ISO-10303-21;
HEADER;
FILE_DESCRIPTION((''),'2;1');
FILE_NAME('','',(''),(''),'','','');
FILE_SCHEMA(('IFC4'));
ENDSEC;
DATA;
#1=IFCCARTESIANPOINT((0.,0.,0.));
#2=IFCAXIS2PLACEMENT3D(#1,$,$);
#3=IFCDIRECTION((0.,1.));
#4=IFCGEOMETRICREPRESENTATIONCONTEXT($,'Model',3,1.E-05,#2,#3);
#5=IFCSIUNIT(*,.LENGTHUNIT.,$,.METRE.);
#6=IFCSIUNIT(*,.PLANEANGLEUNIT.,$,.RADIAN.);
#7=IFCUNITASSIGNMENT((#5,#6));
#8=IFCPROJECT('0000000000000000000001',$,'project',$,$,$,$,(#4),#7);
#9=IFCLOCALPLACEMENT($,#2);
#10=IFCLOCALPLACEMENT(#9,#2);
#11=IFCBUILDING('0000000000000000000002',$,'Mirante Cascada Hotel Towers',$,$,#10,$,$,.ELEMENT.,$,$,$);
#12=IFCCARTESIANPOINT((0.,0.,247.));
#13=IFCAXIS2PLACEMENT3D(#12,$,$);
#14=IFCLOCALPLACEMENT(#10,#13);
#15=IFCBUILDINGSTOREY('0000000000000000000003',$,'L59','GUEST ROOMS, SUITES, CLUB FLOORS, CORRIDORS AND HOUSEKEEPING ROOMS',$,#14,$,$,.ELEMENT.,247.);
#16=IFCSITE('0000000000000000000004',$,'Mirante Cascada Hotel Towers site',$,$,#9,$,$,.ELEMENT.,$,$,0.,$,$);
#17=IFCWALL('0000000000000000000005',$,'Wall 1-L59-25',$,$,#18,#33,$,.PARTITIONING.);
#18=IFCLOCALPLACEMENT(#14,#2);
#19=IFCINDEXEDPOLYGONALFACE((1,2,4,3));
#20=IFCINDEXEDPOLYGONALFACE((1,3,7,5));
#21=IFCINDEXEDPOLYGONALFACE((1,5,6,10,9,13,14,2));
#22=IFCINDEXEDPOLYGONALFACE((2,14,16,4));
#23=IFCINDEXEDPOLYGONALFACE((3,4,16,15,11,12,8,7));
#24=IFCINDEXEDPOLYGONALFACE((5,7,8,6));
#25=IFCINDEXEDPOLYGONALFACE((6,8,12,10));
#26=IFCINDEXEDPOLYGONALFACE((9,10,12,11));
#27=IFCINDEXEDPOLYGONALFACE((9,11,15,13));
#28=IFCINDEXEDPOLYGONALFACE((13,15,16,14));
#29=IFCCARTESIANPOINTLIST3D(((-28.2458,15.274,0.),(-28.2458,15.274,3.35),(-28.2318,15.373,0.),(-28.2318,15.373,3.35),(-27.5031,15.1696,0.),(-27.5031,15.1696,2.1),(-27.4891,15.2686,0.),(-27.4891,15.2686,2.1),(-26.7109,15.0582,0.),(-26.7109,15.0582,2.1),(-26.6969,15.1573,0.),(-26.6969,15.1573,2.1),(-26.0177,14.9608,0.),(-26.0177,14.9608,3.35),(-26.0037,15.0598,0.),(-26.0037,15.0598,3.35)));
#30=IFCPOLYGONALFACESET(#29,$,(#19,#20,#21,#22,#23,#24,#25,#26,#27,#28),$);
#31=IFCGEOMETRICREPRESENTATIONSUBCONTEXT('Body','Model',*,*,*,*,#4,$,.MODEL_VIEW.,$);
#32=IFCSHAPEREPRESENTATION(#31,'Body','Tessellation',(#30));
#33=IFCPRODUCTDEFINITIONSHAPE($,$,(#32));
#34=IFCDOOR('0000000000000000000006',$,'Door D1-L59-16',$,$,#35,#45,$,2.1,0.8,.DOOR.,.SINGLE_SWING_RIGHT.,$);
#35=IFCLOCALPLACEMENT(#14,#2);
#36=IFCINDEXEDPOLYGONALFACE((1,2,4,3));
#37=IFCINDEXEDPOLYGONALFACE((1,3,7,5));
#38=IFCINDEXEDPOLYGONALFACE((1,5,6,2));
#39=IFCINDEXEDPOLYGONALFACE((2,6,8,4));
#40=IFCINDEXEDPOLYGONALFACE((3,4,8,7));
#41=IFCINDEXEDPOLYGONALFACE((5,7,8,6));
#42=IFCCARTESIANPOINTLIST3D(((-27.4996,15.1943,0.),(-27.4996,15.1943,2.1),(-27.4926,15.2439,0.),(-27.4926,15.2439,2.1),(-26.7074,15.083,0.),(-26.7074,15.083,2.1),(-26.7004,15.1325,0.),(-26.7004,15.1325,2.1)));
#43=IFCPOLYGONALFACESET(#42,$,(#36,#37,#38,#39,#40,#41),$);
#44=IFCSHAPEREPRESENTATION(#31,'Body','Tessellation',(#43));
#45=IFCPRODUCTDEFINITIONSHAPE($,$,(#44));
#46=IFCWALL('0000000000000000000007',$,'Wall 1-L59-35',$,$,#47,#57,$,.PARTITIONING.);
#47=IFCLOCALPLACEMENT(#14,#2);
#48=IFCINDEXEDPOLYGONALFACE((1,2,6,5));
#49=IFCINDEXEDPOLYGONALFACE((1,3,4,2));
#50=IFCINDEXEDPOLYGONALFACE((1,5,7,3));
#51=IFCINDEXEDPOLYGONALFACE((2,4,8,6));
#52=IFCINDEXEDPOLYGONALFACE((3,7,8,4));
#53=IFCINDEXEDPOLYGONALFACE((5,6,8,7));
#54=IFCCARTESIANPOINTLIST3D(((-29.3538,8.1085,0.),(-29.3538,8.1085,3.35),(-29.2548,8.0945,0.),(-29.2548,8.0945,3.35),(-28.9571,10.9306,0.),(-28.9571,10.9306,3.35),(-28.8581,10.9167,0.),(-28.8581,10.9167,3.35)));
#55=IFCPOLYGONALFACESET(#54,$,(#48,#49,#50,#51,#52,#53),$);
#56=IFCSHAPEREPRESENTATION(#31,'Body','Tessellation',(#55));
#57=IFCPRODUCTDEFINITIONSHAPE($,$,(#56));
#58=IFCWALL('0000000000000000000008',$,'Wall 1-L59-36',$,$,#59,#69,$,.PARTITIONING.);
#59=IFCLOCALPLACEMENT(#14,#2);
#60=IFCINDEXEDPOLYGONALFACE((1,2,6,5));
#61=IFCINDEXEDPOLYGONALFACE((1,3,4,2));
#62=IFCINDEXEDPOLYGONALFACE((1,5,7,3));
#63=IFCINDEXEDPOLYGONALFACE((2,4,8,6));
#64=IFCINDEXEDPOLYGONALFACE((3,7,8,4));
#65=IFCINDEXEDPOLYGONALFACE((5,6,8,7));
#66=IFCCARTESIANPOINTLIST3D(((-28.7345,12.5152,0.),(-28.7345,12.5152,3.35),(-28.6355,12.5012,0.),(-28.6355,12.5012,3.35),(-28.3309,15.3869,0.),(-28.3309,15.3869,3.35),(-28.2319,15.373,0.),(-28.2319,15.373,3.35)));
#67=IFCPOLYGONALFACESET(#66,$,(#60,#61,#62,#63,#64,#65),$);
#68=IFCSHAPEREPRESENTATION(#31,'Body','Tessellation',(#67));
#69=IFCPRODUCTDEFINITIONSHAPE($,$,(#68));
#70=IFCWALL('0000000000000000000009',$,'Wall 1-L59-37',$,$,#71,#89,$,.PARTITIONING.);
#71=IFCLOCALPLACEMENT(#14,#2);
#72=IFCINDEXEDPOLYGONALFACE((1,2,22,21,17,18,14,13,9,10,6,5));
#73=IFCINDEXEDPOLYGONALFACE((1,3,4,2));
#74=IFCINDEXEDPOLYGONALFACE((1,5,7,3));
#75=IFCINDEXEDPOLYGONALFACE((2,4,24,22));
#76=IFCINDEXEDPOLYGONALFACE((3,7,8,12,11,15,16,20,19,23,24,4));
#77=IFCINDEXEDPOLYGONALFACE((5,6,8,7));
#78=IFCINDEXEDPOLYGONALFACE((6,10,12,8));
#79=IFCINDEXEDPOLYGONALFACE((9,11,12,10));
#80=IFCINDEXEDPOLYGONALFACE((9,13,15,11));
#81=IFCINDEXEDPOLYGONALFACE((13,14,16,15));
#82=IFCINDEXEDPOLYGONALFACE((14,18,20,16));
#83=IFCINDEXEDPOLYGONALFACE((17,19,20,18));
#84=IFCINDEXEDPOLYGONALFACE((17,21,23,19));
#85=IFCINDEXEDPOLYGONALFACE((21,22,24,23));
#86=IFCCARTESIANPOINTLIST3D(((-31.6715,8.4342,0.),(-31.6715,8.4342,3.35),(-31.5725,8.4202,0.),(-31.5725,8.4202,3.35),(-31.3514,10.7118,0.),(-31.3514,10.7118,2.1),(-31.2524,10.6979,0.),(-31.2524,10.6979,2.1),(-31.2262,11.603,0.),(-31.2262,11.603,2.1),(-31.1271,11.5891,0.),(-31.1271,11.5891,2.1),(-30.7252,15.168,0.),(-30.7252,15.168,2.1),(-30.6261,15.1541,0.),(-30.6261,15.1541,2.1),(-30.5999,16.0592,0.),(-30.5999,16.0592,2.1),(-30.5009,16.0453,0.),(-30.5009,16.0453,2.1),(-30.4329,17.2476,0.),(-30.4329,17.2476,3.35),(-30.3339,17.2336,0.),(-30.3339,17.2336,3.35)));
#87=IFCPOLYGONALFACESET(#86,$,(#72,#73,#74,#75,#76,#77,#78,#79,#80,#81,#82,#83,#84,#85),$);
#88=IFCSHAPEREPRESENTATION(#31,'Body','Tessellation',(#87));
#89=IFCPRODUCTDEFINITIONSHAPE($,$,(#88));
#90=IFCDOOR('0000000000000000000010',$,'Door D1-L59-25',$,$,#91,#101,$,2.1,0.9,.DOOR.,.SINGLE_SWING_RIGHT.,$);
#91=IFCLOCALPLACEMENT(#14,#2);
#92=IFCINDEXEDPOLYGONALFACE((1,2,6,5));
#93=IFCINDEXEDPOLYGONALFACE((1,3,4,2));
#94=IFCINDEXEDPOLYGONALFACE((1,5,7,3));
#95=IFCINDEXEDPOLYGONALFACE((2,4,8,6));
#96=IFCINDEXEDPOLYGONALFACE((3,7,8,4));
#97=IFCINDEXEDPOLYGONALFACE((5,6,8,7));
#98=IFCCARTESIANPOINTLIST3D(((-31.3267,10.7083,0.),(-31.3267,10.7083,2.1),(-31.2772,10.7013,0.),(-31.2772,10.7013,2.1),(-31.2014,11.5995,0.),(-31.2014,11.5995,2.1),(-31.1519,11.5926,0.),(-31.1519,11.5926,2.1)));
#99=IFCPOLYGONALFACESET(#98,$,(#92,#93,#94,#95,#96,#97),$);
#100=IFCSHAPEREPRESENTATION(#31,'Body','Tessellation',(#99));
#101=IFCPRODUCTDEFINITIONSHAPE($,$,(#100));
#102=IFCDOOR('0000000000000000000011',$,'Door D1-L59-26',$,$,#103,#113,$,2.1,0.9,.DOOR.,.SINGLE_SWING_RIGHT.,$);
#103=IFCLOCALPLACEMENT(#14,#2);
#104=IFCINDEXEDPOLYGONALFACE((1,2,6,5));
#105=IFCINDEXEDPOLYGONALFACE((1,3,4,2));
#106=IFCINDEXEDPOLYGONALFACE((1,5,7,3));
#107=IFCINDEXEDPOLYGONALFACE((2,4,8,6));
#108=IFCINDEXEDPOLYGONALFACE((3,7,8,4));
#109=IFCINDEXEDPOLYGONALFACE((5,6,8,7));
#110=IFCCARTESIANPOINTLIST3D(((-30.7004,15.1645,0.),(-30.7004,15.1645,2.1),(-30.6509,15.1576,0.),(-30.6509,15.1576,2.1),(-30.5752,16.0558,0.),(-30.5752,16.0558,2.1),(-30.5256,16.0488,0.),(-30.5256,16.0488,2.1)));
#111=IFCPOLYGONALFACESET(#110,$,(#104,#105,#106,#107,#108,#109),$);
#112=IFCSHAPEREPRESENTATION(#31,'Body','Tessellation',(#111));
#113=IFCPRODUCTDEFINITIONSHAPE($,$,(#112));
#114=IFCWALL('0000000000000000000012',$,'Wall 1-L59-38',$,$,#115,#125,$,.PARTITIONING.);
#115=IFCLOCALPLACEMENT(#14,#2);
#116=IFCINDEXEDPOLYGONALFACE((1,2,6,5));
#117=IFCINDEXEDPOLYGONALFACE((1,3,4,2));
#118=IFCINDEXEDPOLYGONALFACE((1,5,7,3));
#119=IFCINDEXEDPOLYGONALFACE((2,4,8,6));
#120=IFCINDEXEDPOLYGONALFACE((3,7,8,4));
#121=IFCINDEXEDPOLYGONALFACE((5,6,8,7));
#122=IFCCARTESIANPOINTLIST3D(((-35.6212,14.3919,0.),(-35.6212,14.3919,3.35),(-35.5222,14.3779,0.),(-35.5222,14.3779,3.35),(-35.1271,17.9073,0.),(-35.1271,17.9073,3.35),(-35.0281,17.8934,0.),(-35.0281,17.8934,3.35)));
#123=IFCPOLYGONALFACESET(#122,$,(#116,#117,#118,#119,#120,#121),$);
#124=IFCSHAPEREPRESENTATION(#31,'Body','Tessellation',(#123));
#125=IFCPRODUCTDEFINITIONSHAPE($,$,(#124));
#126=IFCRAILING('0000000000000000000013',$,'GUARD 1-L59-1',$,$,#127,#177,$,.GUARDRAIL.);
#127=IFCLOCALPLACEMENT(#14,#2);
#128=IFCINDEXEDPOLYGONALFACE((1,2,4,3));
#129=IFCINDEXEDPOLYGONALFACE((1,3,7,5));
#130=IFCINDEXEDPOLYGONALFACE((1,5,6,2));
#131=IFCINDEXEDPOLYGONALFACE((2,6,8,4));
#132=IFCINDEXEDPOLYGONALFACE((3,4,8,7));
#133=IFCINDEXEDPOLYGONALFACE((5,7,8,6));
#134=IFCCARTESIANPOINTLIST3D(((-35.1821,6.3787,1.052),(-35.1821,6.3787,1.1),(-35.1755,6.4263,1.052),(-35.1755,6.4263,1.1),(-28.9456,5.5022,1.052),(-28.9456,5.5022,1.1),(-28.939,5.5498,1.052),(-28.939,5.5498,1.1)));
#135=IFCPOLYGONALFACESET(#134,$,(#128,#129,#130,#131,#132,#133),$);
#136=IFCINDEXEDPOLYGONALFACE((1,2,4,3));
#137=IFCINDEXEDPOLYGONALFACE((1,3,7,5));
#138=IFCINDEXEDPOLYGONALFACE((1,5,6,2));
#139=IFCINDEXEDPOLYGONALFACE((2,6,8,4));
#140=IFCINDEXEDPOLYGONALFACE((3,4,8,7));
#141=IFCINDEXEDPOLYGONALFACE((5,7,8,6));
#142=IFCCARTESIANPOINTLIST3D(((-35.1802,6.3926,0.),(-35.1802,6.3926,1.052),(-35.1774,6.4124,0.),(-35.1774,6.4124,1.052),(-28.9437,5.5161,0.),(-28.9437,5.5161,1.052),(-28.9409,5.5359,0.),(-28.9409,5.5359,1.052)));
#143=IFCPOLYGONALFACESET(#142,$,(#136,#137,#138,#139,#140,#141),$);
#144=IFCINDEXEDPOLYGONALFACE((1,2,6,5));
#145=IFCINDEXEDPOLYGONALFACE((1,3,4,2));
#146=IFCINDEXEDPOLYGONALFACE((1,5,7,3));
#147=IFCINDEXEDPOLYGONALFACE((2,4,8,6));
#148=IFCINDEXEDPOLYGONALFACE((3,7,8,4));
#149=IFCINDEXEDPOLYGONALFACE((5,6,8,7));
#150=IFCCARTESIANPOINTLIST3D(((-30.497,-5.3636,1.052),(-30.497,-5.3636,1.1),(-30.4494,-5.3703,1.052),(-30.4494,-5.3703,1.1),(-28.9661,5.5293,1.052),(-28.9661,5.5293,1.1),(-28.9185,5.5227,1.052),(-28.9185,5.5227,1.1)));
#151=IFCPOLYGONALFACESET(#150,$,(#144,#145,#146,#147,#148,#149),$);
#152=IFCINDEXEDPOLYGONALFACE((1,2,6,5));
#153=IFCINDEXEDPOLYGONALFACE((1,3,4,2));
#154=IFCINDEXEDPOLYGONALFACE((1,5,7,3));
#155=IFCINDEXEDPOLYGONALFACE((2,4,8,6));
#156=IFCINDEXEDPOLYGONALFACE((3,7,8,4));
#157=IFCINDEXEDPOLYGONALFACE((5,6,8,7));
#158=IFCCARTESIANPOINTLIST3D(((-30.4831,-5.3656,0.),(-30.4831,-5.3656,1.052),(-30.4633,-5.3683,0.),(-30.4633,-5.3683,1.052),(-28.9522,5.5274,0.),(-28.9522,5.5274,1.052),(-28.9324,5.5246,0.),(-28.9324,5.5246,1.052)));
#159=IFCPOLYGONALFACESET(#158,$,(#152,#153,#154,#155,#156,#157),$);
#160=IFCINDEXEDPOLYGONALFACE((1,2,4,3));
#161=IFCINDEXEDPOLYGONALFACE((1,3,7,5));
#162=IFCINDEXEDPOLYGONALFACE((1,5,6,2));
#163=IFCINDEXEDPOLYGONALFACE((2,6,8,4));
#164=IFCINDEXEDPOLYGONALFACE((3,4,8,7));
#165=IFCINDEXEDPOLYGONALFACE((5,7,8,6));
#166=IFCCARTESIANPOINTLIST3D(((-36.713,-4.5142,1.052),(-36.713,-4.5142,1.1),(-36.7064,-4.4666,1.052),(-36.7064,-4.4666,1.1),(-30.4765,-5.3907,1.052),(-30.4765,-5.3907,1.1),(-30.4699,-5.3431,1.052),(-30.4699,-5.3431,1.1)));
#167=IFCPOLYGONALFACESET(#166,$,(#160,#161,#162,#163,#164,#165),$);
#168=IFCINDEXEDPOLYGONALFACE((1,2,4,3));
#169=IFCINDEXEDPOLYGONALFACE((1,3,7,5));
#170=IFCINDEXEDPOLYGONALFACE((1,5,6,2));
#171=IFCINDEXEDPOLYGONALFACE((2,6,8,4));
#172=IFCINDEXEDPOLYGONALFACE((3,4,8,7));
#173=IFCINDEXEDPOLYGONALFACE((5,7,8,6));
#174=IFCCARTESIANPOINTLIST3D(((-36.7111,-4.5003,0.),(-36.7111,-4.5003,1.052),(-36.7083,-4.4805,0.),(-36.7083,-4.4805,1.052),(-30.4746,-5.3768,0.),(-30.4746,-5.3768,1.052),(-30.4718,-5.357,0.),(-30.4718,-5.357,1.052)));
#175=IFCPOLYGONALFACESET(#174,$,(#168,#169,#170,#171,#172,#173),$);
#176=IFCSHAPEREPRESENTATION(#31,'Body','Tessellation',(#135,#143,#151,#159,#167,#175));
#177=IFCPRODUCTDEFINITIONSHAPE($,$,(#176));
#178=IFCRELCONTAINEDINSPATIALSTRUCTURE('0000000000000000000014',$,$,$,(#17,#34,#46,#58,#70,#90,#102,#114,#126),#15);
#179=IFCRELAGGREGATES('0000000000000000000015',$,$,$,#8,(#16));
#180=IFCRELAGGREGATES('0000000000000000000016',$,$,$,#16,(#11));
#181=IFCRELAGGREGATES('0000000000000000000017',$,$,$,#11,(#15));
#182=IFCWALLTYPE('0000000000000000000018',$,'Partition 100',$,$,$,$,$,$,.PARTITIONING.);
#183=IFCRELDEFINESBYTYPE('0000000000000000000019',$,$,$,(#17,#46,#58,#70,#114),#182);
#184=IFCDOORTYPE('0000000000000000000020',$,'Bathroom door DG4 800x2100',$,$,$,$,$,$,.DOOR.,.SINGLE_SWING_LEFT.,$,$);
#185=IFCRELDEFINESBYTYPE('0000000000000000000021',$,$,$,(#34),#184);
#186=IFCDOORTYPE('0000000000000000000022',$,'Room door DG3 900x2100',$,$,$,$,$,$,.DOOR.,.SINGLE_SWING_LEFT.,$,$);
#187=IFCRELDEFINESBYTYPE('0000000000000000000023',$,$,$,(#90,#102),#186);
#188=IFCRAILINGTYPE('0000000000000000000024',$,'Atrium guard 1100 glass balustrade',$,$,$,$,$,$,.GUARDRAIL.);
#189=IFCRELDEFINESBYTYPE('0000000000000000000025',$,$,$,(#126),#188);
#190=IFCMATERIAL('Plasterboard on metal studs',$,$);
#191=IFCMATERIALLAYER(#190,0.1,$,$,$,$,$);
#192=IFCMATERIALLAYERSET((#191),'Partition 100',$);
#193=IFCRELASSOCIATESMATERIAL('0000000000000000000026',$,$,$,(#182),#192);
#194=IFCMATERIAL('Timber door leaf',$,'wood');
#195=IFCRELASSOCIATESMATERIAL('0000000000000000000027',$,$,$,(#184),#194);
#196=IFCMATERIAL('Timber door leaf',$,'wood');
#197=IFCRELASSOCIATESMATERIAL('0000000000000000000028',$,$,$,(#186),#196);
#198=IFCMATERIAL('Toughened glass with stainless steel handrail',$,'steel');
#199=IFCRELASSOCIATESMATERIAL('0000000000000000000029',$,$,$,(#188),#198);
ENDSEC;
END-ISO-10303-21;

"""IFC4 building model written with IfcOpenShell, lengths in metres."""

from ifc_helpers import new_model, si_unit, direction, frame, frame_2d, origin, origin_2d, place, context, subcontext, project, spatial, rectangle, extrude, material, layer, layer_set, type_object, element, fill, save


model = new_model("IFC4")

# Units and contexts
model_context = context("Model", 3, precision=1e-05, world=origin(), true_north=direction((0.0, 1.0)))
body_context = subcontext(model_context, "Body", "Model", "MODEL_VIEW")
ifc_project = project(units=[si_unit("LENGTHUNIT", "METRE"), si_unit("PLANEANGLEUNIT", "RADIAN")], contexts=[model_context])

# Site, building, storey
site_placement = place(None, origin())
site = spatial("IfcSite", under=ifc_project, at=site_placement, Name="Mirante Cascada Hotel Towers site", CompositionType="ELEMENT", RefElevation=0.0)
building_placement = place(site_placement, origin())
building = spatial("IfcBuilding", under=site, at=building_placement, Name="Mirante Cascada Hotel Towers", CompositionType="ELEMENT")
storey_placement = place(building_placement, frame((0.0, 0.0, 247.0)))
storey = spatial("IfcBuildingStorey", under=building, at=storey_placement, Name="L59", Description="GUEST ROOMS, SUITES, CLUB FLOORS, CORRIDORS AND HOUSEKEEPING ROOMS", CompositionType="ELEMENT", Elevation=247.0)

# Shared definitions
ifc_material_1 = material(Name="Plasterboard on metal studs")
ifc_layer_1 = layer(ifc_material_1, 0.1)
ifc_layer_set_1 = layer_set([ifc_layer_1], Name="Partition 100")
wall_type_1 = type_object("IfcWallType", Name="Partition 100", PredefinedType="PARTITIONING", material=ifc_layer_set_1)
ifc_material_2 = material(Name="Timber door leaf", Category="wood")
door_type_1 = type_object("IfcDoorType", Name="Bathroom door DG4 800x2100", OperationType="SINGLE_SWING_LEFT", PredefinedType="DOOR", material=ifc_material_2)

# Wall, opening, door
ifc_material_3 = material(Name="Timber door leaf", Category="wood")
door_type_2 = type_object("IfcDoorType", Name="Room door DG3 900x2100", OperationType="SINGLE_SWING_LEFT", PredefinedType="DOOR", material=ifc_material_3)
wall_1_placement = place(storey_placement, frame((-28.2388, 15.3235, 0.0), z_axis=(0.0, 0.0, 1.0), x_axis=(0.990264, -0.1392, 0.0)))
wall_1 = element("IfcWall", 1, at=wall_1_placement, inside=storey, type_object=wall_type_1, Name="Wall 1-L59-25", PredefinedType="PARTITIONING", context=body_context, shape_type="SweptSolid", body=[
    extrude(rectangle(XDim=2.25, YDim=0.1, at=frame_2d((1.125, 0.0))), origin(), (0.0, 0.0, 1.0), 3.35),
])
opening_1_placement = place(wall_1_placement, frame((0.75, 0.0, 0.0)))
opening_1 = element("IfcOpeningElement", 2, at=opening_1_placement, cuts=wall_1, PredefinedType="OPENING", context=body_context, shape_type="SweptSolid", body=[
    extrude(rectangle(XDim=0.8, YDim=2.1, at=frame_2d((0.4, 1.05))), frame((0.0, 0.05, 0.0), z_axis=(0.0, -1.0, 0.0), x_axis=(1.0, 0.0, 0.0)), (0.0, 0.0, 1.0), 0.1),
])
door_1_placement = place(opening_1_placement, frame((0.8, 0.0, 0.0), z_axis=(0.0, 0.0, 1.0), x_axis=(-1.0, 0.0, 0.0)))
door_1 = element("IfcDoor", 3, at=door_1_placement, inside=storey, type_object=door_type_1, Name="Door D1-L59-16", OperationType="SINGLE_SWING_RIGHT", OverallHeight=2.1, OverallWidth=0.8, PredefinedType="DOOR", context=body_context, shape_type="SweptSolid", body=[
    extrude(rectangle(XDim=0.8, YDim=2.1, at=frame_2d((0.4, 1.05))), frame((0.0, 0.025, 0.0), z_axis=(0.0, -1.0, 0.0), x_axis=(1.0, 0.0, 0.0)), (0.0, 0.0, 1.0), 0.05),
])
fill(opening_1, door_1)

# Walls
wall_2_placement = place(storey_placement, frame((-28.9076, 10.9237, 0.0), z_axis=(0.0, 0.0, 1.0), x_axis=(-0.139196, -0.990265, 0.0)))
element("IfcWall", 4, at=wall_2_placement, inside=storey, type_object=wall_type_1, Name="Wall 1-L59-35", PredefinedType="PARTITIONING", context=body_context, shape_type="SweptSolid", body=[
    extrude(rectangle(XDim=2.8499, YDim=0.1, at=frame_2d((1.425, 0.0))), origin(), (0.0, 0.0, 1.0), 3.35),
])
wall_3_placement = place(storey_placement, frame((-28.685, 12.5082, 0.0), z_axis=(0.0, 0.0, 1.0), x_axis=(0.139171, 0.990268, 0.0)))
element("IfcWall", 5, at=wall_3_placement, inside=storey, type_object=wall_type_1, Name="Wall 1-L59-36", PredefinedType="PARTITIONING", context=body_context, shape_type="SweptSolid", body=[
    extrude(rectangle(XDim=2.9, YDim=0.1, at=frame_2d((1.45, 0.0))), origin(), (0.0, 0.0, 1.0), 3.35),
])

# Wall, openings, doors
wall_4_placement = place(storey_placement, frame((-30.3834, 17.2406, 0.0), z_axis=(0.0, 0.0, 1.0), x_axis=(-0.139168, -0.990269, 0.0)))
wall_4 = element("IfcWall", 6, at=wall_4_placement, inside=storey, type_object=wall_type_1, Name="Wall 1-L59-37", PredefinedType="PARTITIONING", context=body_context, shape_type="SweptSolid", body=[
    extrude(rectangle(XDim=8.9, YDim=0.1, at=frame_2d((4.45, 0.0))), origin(), (0.0, 0.0, 1.0), 3.35),
])
opening_2_placement = place(wall_4_placement, frame((5.7, 0.0, 0.0)))
opening_2 = element("IfcOpeningElement", 7, at=opening_2_placement, cuts=wall_4, PredefinedType="OPENING", context=body_context, shape_type="SweptSolid", body=[
    extrude(rectangle(XDim=0.9, YDim=2.1, at=frame_2d((0.45, 1.05))), frame((0.0, 0.05, 0.0), z_axis=(0.0, -1.0, 0.0), x_axis=(1.0, 0.0, 0.0)), (0.0, 0.0, 1.0), 0.1),
])
opening_3_placement = place(wall_4_placement, frame((1.2, 0.0, 0.0)))
opening_3 = element("IfcOpeningElement", 8, at=opening_3_placement, cuts=wall_4, PredefinedType="OPENING", context=body_context, shape_type="SweptSolid", body=[
    extrude(rectangle(XDim=0.9, YDim=2.1, at=frame_2d((0.45, 1.05))), frame((0.0, 0.05, 0.0), z_axis=(0.0, -1.0, 0.0), x_axis=(1.0, 0.0, 0.0)), (0.0, 0.0, 1.0), 0.1),
])
door_2_placement = place(opening_2_placement, frame((0.9, 0.0, 0.0), z_axis=(0.0, 0.0, 1.0), x_axis=(-1.0, 0.0, 0.0)))
door_2 = element("IfcDoor", 9, at=door_2_placement, inside=storey, type_object=door_type_2, Name="Door D1-L59-25", OperationType="SINGLE_SWING_RIGHT", OverallHeight=2.1, OverallWidth=0.9, PredefinedType="DOOR", context=body_context, shape_type="SweptSolid", body=[
    extrude(rectangle(XDim=0.9, YDim=2.1, at=frame_2d((0.45, 1.05))), frame((0.0, 0.025, 0.0), z_axis=(0.0, -1.0, 0.0), x_axis=(1.0, 0.0, 0.0)), (0.0, 0.0, 1.0), 0.05),
])
fill(opening_2, door_2)
door_3_placement = place(opening_3_placement, frame((0.9, 0.0, 0.0), z_axis=(0.0, 0.0, 1.0), x_axis=(-1.0, 0.0, 0.0)))
door_3 = element("IfcDoor", 10, at=door_3_placement, inside=storey, type_object=door_type_2, Name="Door D1-L59-26", OperationType="SINGLE_SWING_RIGHT", OverallHeight=2.1, OverallWidth=0.9, PredefinedType="DOOR", context=body_context, shape_type="SweptSolid", body=[
    extrude(rectangle(XDim=0.9, YDim=2.1, at=frame_2d((0.45, 1.05))), frame((0.0, 0.025, 0.0), z_axis=(0.0, -1.0, 0.0), x_axis=(1.0, 0.0, 0.0)), (0.0, 0.0, 1.0), 0.05),
])
fill(opening_3, door_3)

# Wall
wall_5_placement = place(storey_placement, frame((-35.5717, 14.3849, 0.0), z_axis=(0.0, 0.0, 1.0), x_axis=(0.139185, 0.990266, 0.0)))
element("IfcWall", 11, at=wall_5_placement, inside=storey, type_object=wall_type_1, Name="Wall 1-L59-38", PredefinedType="PARTITIONING", context=body_context, shape_type="SweptSolid", body=[
    extrude(rectangle(XDim=3.55, YDim=0.1, at=frame_2d((1.775, 0.0))), origin(), (0.0, 0.0, 1.0), 3.35),
])

# Railing
ifc_material_4 = material(Name="Toughened glass with stainless steel handrail", Category="steel")
railing_type = type_object("IfcRailingType", Name="Atrium guard 1100 glass balustrade", PredefinedType="GUARDRAIL", material=ifc_material_4)
railing_1_placement = place(storey_placement, frame((-35.1788, 6.4025, 0.0)))
element("IfcRailing", 12, at=railing_1_placement, inside=storey, type_object=railing_type, Name="GUARD 1-L59-1", PredefinedType="GUARDRAIL", context=body_context, shape_type="SweptSolid", body=[
    extrude(rectangle(XDim=0.048, YDim=0.048, at=origin_2d()), frame((0.0, 0.0, 1.076), z_axis=(0.990268, -0.139176, 0.0), x_axis=(0.139176, 0.990268, 0.0)), (0.0, 0.0, 1.0), 6.2978),
    extrude(rectangle(XDim=0.02, YDim=1.052, at=origin_2d()), frame((0.0, 0.0, 0.526), z_axis=(0.990268, -0.139176, 0.0), x_axis=(0.139176, 0.990268, 0.0)), (0.0, 0.0, 1.0), 6.2978),
    extrude(rectangle(XDim=0.048, YDim=0.048, at=origin_2d()), frame((6.2365, -0.8765, 1.076), z_axis=(-0.139173, -0.990268, 0.0), x_axis=(0.990268, -0.139173, 0.0)), (0.0, 0.0, 1.0), 11.0),
    extrude(rectangle(XDim=0.02, YDim=1.052, at=origin_2d()), frame((6.2365, -0.8765, 0.526), z_axis=(-0.139173, -0.990268, 0.0), x_axis=(0.990268, -0.139173, 0.0)), (0.0, 0.0, 1.0), 11.0),
    extrude(rectangle(XDim=0.048, YDim=0.048, at=origin_2d()), frame((4.7056, -11.7694, 1.076), z_axis=(-0.990268, 0.139176, 0.0), x_axis=(-0.139176, -0.990268, 0.0)), (0.0, 0.0, 1.0), 6.2978),
    extrude(rectangle(XDim=0.02, YDim=1.052, at=origin_2d()), frame((4.7056, -11.7694, 0.526), z_axis=(-0.990268, 0.139176, 0.0), x_axis=(-0.139176, -0.990268, 0.0)), (0.0, 0.0, 1.0), 6.2978),
])

save(model, "model.ifc")
